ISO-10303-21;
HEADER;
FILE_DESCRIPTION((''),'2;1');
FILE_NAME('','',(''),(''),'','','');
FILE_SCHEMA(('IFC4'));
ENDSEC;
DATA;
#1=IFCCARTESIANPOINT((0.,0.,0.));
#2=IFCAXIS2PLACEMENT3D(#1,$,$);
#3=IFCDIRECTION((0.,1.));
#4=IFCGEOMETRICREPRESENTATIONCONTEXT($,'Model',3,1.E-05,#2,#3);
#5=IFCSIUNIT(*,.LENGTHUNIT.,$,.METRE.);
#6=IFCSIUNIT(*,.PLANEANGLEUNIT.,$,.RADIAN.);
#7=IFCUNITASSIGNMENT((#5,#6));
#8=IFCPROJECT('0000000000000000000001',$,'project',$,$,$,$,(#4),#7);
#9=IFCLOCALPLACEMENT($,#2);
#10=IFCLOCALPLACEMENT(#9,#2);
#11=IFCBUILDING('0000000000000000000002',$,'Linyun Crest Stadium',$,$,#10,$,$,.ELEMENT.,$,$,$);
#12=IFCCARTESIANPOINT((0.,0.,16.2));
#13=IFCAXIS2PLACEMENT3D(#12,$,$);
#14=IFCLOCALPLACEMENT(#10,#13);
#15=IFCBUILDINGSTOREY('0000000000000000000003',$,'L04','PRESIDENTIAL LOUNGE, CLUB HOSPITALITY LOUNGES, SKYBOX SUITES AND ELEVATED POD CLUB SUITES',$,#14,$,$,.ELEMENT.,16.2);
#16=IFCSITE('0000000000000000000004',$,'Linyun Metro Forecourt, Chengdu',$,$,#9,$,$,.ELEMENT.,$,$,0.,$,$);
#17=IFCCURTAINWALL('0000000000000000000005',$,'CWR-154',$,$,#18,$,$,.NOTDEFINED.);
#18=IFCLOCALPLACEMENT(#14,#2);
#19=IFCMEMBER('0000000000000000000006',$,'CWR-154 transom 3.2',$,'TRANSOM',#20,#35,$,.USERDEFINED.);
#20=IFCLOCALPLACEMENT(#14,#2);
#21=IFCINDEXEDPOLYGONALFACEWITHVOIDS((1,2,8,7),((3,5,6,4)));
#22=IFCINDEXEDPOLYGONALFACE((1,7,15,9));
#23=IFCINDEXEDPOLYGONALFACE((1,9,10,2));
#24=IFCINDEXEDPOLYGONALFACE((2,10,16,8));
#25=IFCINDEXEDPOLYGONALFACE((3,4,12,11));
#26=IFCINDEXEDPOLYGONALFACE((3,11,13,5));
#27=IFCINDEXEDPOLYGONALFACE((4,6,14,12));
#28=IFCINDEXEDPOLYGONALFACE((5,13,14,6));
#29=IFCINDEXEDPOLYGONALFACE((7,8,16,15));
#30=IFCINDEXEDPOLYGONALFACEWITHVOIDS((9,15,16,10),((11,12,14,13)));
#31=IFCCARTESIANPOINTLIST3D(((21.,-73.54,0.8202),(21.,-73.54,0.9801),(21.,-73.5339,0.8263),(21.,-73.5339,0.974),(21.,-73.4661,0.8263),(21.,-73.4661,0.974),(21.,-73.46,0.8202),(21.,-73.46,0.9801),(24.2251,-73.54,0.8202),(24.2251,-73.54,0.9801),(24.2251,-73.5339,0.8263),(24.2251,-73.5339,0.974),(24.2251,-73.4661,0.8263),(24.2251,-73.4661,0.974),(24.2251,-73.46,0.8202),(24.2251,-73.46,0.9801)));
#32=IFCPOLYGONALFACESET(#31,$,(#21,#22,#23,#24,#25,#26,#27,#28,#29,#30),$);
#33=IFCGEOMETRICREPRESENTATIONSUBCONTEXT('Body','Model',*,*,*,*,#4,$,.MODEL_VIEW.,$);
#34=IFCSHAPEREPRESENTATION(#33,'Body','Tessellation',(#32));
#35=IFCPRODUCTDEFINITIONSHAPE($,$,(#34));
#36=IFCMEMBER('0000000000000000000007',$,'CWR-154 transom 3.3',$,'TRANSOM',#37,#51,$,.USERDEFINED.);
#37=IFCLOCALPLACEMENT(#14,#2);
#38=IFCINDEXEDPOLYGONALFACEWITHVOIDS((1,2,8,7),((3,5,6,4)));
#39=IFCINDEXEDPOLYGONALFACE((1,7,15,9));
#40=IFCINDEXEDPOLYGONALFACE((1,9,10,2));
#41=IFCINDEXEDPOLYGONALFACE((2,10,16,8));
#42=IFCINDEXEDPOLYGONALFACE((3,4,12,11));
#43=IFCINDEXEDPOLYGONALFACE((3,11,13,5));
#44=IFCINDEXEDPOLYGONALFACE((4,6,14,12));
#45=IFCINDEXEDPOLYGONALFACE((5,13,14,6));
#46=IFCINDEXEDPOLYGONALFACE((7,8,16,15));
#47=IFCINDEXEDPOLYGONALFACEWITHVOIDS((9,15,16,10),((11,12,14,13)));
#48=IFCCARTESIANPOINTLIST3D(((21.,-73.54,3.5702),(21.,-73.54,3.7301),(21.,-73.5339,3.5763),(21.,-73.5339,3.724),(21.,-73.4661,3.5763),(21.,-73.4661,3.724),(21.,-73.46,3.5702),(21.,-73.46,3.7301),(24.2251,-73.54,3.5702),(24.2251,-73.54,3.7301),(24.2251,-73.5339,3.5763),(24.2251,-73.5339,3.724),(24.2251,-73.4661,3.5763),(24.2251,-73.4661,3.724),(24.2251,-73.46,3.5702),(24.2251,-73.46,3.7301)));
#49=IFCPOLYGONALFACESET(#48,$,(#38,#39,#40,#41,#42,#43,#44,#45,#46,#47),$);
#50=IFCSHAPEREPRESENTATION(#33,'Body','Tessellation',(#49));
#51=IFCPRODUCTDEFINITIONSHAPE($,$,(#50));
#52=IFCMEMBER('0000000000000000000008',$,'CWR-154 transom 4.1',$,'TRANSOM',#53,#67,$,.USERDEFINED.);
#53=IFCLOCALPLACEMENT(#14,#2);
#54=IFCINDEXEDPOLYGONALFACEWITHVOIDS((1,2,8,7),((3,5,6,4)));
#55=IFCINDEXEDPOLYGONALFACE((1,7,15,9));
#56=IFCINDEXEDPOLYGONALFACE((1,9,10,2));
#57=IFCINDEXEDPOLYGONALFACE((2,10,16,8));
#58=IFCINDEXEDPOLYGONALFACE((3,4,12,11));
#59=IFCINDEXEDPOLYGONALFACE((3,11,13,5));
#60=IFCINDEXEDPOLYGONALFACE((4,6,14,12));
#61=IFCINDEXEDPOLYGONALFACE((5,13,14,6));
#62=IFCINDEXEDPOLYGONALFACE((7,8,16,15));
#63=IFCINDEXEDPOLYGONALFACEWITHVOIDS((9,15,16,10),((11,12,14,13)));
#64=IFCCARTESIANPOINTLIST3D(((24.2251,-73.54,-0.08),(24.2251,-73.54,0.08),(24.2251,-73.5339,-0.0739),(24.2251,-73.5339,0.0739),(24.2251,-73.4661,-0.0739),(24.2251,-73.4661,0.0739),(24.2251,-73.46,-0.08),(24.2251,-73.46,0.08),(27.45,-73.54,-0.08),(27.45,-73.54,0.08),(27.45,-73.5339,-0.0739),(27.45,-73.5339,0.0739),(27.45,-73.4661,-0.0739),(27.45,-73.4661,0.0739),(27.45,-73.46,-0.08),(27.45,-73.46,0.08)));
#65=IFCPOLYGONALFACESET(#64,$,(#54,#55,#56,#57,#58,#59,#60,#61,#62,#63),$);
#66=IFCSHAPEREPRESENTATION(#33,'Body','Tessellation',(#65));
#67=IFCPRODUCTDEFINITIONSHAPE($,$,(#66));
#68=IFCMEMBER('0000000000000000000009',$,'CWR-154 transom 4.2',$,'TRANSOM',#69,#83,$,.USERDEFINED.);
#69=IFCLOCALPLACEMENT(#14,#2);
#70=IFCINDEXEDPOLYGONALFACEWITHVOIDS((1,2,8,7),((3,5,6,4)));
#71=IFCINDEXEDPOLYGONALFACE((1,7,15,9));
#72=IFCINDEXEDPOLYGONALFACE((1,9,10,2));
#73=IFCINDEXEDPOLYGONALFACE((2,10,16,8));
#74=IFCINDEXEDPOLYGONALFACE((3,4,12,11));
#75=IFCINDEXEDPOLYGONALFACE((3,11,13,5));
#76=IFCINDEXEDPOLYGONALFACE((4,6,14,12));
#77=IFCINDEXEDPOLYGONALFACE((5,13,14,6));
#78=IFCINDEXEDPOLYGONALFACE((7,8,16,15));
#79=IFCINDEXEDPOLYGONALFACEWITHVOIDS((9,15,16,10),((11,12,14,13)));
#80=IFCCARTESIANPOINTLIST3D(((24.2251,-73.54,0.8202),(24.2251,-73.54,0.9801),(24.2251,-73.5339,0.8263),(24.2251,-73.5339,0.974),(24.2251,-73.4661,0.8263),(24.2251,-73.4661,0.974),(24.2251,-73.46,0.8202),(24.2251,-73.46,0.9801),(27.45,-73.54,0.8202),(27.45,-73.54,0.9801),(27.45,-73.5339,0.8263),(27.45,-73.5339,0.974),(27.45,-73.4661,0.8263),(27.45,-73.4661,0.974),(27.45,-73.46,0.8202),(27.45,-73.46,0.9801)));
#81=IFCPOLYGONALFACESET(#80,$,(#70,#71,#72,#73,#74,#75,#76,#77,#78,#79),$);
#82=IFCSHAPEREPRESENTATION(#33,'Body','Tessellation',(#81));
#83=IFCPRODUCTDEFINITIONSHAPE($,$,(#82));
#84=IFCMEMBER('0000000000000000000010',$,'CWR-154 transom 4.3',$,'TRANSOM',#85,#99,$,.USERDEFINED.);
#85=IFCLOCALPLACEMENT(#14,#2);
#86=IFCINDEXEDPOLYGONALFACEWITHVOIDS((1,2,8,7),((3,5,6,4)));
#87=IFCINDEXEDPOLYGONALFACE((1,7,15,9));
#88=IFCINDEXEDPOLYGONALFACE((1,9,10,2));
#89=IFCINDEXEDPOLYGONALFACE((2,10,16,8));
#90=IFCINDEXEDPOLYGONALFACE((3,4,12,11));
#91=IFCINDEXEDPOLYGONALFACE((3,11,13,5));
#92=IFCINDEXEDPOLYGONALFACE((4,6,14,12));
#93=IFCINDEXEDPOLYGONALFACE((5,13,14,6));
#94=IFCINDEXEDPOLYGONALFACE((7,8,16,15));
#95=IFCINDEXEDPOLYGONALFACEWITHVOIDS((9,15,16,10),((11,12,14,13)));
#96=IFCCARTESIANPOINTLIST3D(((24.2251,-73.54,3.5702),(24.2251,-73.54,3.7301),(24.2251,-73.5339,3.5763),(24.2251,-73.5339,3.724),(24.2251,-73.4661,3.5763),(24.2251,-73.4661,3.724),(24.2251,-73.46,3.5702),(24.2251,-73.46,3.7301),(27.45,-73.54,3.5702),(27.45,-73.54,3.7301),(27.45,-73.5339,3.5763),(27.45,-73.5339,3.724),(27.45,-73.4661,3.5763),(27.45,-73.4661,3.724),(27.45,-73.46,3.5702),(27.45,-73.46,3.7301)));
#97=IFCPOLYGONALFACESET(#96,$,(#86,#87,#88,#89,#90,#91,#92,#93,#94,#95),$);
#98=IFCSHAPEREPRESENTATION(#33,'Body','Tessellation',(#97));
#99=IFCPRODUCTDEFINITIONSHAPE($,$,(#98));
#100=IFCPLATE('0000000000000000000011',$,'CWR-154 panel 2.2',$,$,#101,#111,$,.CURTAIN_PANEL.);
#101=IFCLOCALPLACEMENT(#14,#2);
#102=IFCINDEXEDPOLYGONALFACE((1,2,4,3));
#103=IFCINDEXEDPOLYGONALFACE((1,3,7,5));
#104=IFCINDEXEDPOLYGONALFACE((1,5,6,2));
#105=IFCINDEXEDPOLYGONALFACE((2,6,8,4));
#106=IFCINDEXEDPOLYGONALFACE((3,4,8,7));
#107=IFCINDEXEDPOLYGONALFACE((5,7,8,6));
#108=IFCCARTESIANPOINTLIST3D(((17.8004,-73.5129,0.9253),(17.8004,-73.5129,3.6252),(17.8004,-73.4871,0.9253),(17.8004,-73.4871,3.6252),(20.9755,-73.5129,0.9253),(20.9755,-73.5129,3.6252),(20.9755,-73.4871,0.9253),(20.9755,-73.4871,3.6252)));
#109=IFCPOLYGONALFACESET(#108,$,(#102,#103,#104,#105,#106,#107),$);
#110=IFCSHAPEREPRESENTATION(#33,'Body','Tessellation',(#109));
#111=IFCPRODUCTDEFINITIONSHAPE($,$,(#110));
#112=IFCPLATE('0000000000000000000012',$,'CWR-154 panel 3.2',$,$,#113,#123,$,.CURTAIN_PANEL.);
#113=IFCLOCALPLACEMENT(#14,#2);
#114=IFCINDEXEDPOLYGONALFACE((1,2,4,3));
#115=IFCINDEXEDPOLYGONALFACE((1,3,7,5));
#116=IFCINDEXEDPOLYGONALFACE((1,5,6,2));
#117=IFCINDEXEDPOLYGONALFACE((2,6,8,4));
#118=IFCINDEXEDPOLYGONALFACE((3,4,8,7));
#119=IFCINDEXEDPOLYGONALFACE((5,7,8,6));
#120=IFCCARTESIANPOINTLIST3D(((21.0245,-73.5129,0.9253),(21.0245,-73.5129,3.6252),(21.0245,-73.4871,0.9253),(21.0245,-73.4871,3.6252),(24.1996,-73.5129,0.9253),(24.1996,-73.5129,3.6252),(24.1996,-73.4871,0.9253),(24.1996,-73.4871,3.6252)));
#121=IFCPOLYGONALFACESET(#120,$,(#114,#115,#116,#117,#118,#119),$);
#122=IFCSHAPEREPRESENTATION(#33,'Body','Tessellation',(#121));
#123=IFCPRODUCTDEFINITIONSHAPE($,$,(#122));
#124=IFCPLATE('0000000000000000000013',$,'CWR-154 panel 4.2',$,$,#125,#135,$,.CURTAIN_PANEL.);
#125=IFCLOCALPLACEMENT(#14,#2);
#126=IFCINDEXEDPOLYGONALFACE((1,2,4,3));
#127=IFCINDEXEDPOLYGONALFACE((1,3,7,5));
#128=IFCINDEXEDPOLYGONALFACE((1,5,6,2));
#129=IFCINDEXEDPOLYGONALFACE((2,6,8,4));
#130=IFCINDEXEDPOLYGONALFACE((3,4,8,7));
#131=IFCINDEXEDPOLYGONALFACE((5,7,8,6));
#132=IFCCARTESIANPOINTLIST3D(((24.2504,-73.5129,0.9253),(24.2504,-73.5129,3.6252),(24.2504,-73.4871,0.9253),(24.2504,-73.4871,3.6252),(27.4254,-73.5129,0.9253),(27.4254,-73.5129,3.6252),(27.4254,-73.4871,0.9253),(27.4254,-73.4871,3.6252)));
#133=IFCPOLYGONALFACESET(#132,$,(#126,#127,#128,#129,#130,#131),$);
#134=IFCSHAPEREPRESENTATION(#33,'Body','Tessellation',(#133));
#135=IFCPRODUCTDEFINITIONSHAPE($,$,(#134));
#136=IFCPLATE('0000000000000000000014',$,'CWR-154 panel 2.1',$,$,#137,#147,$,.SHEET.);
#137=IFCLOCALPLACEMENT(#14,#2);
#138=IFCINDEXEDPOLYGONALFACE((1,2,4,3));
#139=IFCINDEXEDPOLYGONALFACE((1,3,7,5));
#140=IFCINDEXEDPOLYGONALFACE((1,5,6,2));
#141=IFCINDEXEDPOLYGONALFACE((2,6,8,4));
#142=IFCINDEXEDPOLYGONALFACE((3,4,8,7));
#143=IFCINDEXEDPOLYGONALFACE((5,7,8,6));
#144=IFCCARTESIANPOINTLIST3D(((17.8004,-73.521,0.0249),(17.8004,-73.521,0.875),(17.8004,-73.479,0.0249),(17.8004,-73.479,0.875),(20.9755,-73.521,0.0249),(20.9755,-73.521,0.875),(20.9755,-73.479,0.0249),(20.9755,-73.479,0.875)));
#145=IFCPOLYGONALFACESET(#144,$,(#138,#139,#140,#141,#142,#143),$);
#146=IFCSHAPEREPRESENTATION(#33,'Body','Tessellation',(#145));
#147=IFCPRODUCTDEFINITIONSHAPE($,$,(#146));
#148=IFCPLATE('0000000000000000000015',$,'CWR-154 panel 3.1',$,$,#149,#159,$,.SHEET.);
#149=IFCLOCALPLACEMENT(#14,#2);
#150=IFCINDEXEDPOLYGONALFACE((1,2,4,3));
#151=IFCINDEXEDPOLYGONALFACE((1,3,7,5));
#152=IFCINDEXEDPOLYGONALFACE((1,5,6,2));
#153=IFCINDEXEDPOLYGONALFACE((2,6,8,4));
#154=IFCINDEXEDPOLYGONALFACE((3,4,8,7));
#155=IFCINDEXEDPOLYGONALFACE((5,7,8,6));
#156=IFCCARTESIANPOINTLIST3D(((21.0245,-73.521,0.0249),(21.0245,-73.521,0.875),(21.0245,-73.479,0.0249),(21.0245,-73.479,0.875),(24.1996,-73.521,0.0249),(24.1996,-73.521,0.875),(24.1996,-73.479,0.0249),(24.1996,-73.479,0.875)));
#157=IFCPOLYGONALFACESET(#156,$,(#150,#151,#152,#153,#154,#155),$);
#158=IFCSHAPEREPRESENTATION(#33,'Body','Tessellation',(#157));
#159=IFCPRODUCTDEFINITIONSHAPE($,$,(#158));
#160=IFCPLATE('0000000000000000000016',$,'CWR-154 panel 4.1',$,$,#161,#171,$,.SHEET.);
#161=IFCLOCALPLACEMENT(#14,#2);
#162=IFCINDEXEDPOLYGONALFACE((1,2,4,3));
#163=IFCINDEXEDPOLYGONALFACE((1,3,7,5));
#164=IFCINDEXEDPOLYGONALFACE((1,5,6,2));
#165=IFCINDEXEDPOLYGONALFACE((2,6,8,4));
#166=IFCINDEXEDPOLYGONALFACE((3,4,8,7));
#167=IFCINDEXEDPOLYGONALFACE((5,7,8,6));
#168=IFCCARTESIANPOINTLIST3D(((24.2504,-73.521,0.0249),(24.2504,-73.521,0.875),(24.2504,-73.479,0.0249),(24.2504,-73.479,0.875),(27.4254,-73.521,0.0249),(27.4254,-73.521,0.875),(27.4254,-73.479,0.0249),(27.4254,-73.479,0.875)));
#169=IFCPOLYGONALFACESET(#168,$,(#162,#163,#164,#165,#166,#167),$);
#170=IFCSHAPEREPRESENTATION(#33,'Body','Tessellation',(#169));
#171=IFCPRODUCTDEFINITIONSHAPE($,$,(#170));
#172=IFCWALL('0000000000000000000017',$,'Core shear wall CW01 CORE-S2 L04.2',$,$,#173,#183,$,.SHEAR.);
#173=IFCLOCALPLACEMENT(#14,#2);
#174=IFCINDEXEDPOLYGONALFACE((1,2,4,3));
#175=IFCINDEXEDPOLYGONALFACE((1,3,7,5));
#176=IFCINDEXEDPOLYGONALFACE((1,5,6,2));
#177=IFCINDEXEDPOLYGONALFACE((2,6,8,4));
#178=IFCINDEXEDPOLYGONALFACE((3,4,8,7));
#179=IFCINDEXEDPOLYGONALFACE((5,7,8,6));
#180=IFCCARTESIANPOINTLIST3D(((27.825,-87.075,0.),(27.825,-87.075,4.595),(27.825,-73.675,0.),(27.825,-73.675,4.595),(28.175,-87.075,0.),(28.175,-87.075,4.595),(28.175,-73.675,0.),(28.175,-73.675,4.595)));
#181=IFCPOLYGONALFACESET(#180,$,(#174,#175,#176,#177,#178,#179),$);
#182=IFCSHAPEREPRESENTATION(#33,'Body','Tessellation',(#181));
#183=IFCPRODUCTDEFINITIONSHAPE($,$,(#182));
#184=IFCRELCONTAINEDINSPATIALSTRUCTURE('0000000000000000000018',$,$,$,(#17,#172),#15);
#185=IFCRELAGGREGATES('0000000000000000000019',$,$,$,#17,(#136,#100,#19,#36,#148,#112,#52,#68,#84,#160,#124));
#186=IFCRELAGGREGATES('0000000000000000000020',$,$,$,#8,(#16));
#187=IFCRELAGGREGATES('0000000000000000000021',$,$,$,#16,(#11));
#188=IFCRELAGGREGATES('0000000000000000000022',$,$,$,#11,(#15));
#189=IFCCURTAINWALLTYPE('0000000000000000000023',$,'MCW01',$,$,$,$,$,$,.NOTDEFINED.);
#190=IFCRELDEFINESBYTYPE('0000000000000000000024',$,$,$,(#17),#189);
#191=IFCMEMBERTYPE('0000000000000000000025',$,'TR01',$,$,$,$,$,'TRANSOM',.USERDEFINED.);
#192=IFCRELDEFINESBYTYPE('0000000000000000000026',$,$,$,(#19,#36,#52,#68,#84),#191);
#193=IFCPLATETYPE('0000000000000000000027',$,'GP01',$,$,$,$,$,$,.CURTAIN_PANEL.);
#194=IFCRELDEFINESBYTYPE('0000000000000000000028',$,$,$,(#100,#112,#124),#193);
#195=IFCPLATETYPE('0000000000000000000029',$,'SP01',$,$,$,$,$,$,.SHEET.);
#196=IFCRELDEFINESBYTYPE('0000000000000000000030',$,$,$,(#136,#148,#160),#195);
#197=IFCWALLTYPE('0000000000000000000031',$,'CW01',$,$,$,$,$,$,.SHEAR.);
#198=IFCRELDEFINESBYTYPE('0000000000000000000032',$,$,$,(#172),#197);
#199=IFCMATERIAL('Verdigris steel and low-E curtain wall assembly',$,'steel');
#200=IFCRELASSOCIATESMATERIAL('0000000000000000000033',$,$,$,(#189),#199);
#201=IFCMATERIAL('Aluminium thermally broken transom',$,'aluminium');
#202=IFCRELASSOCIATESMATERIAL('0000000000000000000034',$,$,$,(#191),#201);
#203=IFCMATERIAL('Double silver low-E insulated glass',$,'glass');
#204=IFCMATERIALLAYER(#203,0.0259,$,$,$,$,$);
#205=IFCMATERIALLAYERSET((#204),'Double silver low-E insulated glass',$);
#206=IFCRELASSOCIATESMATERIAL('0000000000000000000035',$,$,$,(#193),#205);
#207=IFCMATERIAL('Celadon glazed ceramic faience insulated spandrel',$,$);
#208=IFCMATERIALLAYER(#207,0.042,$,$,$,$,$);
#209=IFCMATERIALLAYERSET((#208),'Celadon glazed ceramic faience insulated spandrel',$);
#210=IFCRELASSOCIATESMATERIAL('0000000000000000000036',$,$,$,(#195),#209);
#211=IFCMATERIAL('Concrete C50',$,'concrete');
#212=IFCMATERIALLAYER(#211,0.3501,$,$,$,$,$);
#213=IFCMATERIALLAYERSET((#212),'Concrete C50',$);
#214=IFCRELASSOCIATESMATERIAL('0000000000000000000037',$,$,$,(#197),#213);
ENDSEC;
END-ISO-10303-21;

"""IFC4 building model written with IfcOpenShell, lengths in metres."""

from ifc_helpers import new_model, si_unit, direction, frame, frame_2d, origin, origin_2d, place, context, subcontext, project, spatial, rectangle, hollow_rectangle, extrude, material, layer, layer_set, material_profile, profile_set, type_object, element, aggregate, save


model = new_model("IFC4")

# Units and contexts
model_context = context("Model", 3, precision=1e-05, world=origin(), true_north=direction((0.0, 1.0)))
body_context = subcontext(model_context, "Body", "Model", "MODEL_VIEW")
ifc_project = project(units=[si_unit("LENGTHUNIT", "METRE"), si_unit("PLANEANGLEUNIT", "RADIAN")], contexts=[model_context])

# Site, building, storey
site_placement = place(None, origin())
site = spatial("IfcSite", under=ifc_project, at=site_placement, Name="Linyun Metro Forecourt, Chengdu", CompositionType="ELEMENT", RefElevation=0.0)
building_placement = place(site_placement, origin())
building = spatial("IfcBuilding", under=site, at=building_placement, Name="Linyun Crest Stadium", CompositionType="ELEMENT")
storey_placement = place(building_placement, frame((0.0, 0.0, 16.2)))
storey = spatial("IfcBuildingStorey", under=building, at=storey_placement, Name="L04", Description="PRESIDENTIAL LOUNGE, CLUB HOSPITALITY LOUNGES, SKYBOX SUITES AND ELEVATED POD CLUB SUITES", CompositionType="ELEMENT", Elevation=16.2)

# Curtain wall
ifc_material_1 = material(Name="Verdigris steel and low-E curtain wall assembly", Category="steel")
curtain_wall_type = type_object("IfcCurtainWallType", Name="MCW01", PredefinedType="NOTDEFINED", material=ifc_material_1)
curtain_wall_placement = place(storey_placement, origin())
curtain_wall = element("IfcCurtainWall", 1, at=curtain_wall_placement, inside=storey, type_object=curtain_wall_type, Name="CWR-154", PredefinedType="NOTDEFINED")

# Members
ifc_material_2 = material(Name="Aluminium thermally broken transom", Category="aluminium")
ifc_material_profile_1 = material_profile(ifc_material_2, hollow_rectangle(XDim=0.0801, YDim=0.1599, WallThickness=0.0061, at=origin_2d()), Name="RHS 160x80x6")
ifc_profile_set_1 = profile_set([ifc_material_profile_1], Name="Aluminium thermally broken transom")
member_type_1 = type_object("IfcMemberType", Name="TR01", ElementType="TRANSOM", PredefinedType="USERDEFINED", material=ifc_profile_set_1)
member_1_placement = place(storey_placement, frame((21.0, -73.5, 0.9001), z_axis=(1.0, 0.0, 0.0), x_axis=(0.0, 1.0, 0.0)))
member_1 = element("IfcMember", 2, at=member_1_placement, type_object=member_type_1, Name="CWR-154 transom 3.2", ObjectType="TRANSOM", PredefinedType="USERDEFINED", context=body_context, shape_type="SweptSolid", body=[
    extrude(hollow_rectangle(XDim=0.0801, YDim=0.1599, WallThickness=0.0061, at=origin_2d()), origin(), (0.0, 0.0, 1.0), 3.2251),
])
member_2_placement = place(storey_placement, frame((21.0, -73.5, 3.6501), z_axis=(1.0, 0.0, 0.0), x_axis=(0.0, 1.0, 0.0)))
member_2 = element("IfcMember", 3, at=member_2_placement, type_object=member_type_1, Name="CWR-154 transom 3.3", ObjectType="TRANSOM", PredefinedType="USERDEFINED", context=body_context, shape_type="SweptSolid", body=[
    extrude(hollow_rectangle(XDim=0.0801, YDim=0.1599, WallThickness=0.0061, at=origin_2d()), origin(), (0.0, 0.0, 1.0), 3.2251),
])
member_3_placement = place(storey_placement, frame((24.2251, -73.5, 0.0), z_axis=(1.0, 0.0, 0.0), x_axis=(0.0, 1.0, 0.0)))
member_3 = element("IfcMember", 4, at=member_3_placement, type_object=member_type_1, Name="CWR-154 transom 4.1", ObjectType="TRANSOM", PredefinedType="USERDEFINED", context=body_context, shape_type="SweptSolid", body=[
    extrude(hollow_rectangle(XDim=0.0801, YDim=0.1599, WallThickness=0.0061, at=origin_2d()), origin(), (0.0, 0.0, 1.0), 3.2249),
])
member_4_placement = place(storey_placement, frame((24.2251, -73.5, 0.9001), z_axis=(1.0, 0.0, 0.0), x_axis=(0.0, 1.0, 0.0)))
member_4 = element("IfcMember", 5, at=member_4_placement, type_object=member_type_1, Name="CWR-154 transom 4.2", ObjectType="TRANSOM", PredefinedType="USERDEFINED", context=body_context, shape_type="SweptSolid", body=[
    extrude(hollow_rectangle(XDim=0.0801, YDim=0.1599, WallThickness=0.0061, at=origin_2d()), origin(), (0.0, 0.0, 1.0), 3.2249),
])
member_5_placement = place(storey_placement, frame((24.2251, -73.5, 3.6501), z_axis=(1.0, 0.0, 0.0), x_axis=(0.0, 1.0, 0.0)))
member_5 = element("IfcMember", 6, at=member_5_placement, type_object=member_type_1, Name="CWR-154 transom 4.3", ObjectType="TRANSOM", PredefinedType="USERDEFINED", context=body_context, shape_type="SweptSolid", body=[
    extrude(hollow_rectangle(XDim=0.0801, YDim=0.1599, WallThickness=0.0061, at=origin_2d()), origin(), (0.0, 0.0, 1.0), 3.2249),
])

# Plates
ifc_material_3 = material(Name="Double silver low-E insulated glass", Category="glass")
ifc_layer_1 = layer(ifc_material_3, 0.0259)
ifc_layer_set_1 = layer_set([ifc_layer_1], Name="Double silver low-E insulated glass")
plate_type_1 = type_object("IfcPlateType", Name="GP01", PredefinedType="CURTAIN_PANEL", material=ifc_layer_set_1)
plate_1_placement = place(storey_placement, frame((19.3879, -73.5, 0.9253), z_axis=(0.0, 0.0, 1.0), x_axis=(1.0, 0.0, 0.0)))
plate_1 = element("IfcPlate", 7, at=plate_1_placement, type_object=plate_type_1, Name="CWR-154 panel 2.2", PredefinedType="CURTAIN_PANEL", context=body_context, shape_type="SweptSolid", body=[
    extrude(rectangle(XDim=3.175, YDim=0.0259, at=origin_2d()), origin(), (0.0, 0.0, 1.0), 2.7),
])
plate_2_placement = place(storey_placement, frame((22.6121, -73.5, 0.9253), z_axis=(0.0, 0.0, 1.0), x_axis=(1.0, 0.0, 0.0)))
plate_2 = element("IfcPlate", 8, at=plate_2_placement, type_object=plate_type_1, Name="CWR-154 panel 3.2", PredefinedType="CURTAIN_PANEL", context=body_context, shape_type="SweptSolid", body=[
    extrude(rectangle(XDim=3.175, YDim=0.0259, at=origin_2d()), origin(), (0.0, 0.0, 1.0), 2.7),
])
plate_3_placement = place(storey_placement, frame((25.8379, -73.5, 0.9253), z_axis=(0.0, 0.0, 1.0), x_axis=(1.0, 0.0, 0.0)))
plate_3 = element("IfcPlate", 9, at=plate_3_placement, type_object=plate_type_1, Name="CWR-154 panel 4.2", PredefinedType="CURTAIN_PANEL", context=body_context, shape_type="SweptSolid", body=[
    extrude(rectangle(XDim=3.175, YDim=0.0259, at=origin_2d()), origin(), (0.0, 0.0, 1.0), 2.7),
])
ifc_material_4 = material(Name="Celadon glazed ceramic faience insulated spandrel")
ifc_layer_2 = layer(ifc_material_4, 0.042)
ifc_layer_set_2 = layer_set([ifc_layer_2], Name="Celadon glazed ceramic faience insulated spandrel")
plate_type_2 = type_object("IfcPlateType", Name="SP01", PredefinedType="SHEET", material=ifc_layer_set_2)
plate_4_placement = place(storey_placement, frame((19.3879, -73.5, 0.0249), z_axis=(0.0, 0.0, 1.0), x_axis=(1.0, 0.0, 0.0)))
plate_4 = element("IfcPlate", 10, at=plate_4_placement, type_object=plate_type_2, Name="CWR-154 panel 2.1", PredefinedType="SHEET", context=body_context, shape_type="SweptSolid", body=[
    extrude(rectangle(XDim=3.175, YDim=0.042, at=origin_2d()), origin(), (0.0, 0.0, 1.0), 0.8501),
])
plate_5_placement = place(storey_placement, frame((22.6121, -73.5, 0.0249), z_axis=(0.0, 0.0, 1.0), x_axis=(1.0, 0.0, 0.0)))
plate_5 = element("IfcPlate", 11, at=plate_5_placement, type_object=plate_type_2, Name="CWR-154 panel 3.1", PredefinedType="SHEET", context=body_context, shape_type="SweptSolid", body=[
    extrude(rectangle(XDim=3.175, YDim=0.042, at=origin_2d()), origin(), (0.0, 0.0, 1.0), 0.8501),
])
plate_6_placement = place(storey_placement, frame((25.8379, -73.5, 0.0249), z_axis=(0.0, 0.0, 1.0), x_axis=(1.0, 0.0, 0.0)))
plate_6 = element("IfcPlate", 12, at=plate_6_placement, type_object=plate_type_2, Name="CWR-154 panel 4.1", PredefinedType="SHEET", context=body_context, shape_type="SweptSolid", body=[
    extrude(rectangle(XDim=3.175, YDim=0.042, at=origin_2d()), origin(), (0.0, 0.0, 1.0), 0.8501),
])
aggregate(curtain_wall, [plate_4, plate_1, member_1, member_2, plate_5, plate_2, member_3, member_4, member_5, plate_6, plate_3])

# Wall
ifc_material_5 = material(Name="Concrete C50", Category="concrete")
ifc_layer_3 = layer(ifc_material_5, 0.3501)
ifc_layer_set_3 = layer_set([ifc_layer_3], Name="Concrete C50")
wall_type_1 = type_object("IfcWallType", Name="CW01", PredefinedType="SHEAR", material=ifc_layer_set_3)
wall_1_placement = place(storey_placement, frame((28.0, -87.075, 0.0), z_axis=(0.0, 0.0, 1.0), x_axis=(0.0, 1.0, 0.0)))
element("IfcWall", 13, at=wall_1_placement, inside=storey, type_object=wall_type_1, Name="Core shear wall CW01 CORE-S2 L04.2", PredefinedType="SHEAR", context=body_context, shape_type="SweptSolid", body=[
    extrude(rectangle(XDim=13.3999, YDim=0.3501, at=frame_2d((6.7, 0.0))), origin(), (0.0, 0.0, 1.0), 4.595),
])

save(model, "model.ifc")
